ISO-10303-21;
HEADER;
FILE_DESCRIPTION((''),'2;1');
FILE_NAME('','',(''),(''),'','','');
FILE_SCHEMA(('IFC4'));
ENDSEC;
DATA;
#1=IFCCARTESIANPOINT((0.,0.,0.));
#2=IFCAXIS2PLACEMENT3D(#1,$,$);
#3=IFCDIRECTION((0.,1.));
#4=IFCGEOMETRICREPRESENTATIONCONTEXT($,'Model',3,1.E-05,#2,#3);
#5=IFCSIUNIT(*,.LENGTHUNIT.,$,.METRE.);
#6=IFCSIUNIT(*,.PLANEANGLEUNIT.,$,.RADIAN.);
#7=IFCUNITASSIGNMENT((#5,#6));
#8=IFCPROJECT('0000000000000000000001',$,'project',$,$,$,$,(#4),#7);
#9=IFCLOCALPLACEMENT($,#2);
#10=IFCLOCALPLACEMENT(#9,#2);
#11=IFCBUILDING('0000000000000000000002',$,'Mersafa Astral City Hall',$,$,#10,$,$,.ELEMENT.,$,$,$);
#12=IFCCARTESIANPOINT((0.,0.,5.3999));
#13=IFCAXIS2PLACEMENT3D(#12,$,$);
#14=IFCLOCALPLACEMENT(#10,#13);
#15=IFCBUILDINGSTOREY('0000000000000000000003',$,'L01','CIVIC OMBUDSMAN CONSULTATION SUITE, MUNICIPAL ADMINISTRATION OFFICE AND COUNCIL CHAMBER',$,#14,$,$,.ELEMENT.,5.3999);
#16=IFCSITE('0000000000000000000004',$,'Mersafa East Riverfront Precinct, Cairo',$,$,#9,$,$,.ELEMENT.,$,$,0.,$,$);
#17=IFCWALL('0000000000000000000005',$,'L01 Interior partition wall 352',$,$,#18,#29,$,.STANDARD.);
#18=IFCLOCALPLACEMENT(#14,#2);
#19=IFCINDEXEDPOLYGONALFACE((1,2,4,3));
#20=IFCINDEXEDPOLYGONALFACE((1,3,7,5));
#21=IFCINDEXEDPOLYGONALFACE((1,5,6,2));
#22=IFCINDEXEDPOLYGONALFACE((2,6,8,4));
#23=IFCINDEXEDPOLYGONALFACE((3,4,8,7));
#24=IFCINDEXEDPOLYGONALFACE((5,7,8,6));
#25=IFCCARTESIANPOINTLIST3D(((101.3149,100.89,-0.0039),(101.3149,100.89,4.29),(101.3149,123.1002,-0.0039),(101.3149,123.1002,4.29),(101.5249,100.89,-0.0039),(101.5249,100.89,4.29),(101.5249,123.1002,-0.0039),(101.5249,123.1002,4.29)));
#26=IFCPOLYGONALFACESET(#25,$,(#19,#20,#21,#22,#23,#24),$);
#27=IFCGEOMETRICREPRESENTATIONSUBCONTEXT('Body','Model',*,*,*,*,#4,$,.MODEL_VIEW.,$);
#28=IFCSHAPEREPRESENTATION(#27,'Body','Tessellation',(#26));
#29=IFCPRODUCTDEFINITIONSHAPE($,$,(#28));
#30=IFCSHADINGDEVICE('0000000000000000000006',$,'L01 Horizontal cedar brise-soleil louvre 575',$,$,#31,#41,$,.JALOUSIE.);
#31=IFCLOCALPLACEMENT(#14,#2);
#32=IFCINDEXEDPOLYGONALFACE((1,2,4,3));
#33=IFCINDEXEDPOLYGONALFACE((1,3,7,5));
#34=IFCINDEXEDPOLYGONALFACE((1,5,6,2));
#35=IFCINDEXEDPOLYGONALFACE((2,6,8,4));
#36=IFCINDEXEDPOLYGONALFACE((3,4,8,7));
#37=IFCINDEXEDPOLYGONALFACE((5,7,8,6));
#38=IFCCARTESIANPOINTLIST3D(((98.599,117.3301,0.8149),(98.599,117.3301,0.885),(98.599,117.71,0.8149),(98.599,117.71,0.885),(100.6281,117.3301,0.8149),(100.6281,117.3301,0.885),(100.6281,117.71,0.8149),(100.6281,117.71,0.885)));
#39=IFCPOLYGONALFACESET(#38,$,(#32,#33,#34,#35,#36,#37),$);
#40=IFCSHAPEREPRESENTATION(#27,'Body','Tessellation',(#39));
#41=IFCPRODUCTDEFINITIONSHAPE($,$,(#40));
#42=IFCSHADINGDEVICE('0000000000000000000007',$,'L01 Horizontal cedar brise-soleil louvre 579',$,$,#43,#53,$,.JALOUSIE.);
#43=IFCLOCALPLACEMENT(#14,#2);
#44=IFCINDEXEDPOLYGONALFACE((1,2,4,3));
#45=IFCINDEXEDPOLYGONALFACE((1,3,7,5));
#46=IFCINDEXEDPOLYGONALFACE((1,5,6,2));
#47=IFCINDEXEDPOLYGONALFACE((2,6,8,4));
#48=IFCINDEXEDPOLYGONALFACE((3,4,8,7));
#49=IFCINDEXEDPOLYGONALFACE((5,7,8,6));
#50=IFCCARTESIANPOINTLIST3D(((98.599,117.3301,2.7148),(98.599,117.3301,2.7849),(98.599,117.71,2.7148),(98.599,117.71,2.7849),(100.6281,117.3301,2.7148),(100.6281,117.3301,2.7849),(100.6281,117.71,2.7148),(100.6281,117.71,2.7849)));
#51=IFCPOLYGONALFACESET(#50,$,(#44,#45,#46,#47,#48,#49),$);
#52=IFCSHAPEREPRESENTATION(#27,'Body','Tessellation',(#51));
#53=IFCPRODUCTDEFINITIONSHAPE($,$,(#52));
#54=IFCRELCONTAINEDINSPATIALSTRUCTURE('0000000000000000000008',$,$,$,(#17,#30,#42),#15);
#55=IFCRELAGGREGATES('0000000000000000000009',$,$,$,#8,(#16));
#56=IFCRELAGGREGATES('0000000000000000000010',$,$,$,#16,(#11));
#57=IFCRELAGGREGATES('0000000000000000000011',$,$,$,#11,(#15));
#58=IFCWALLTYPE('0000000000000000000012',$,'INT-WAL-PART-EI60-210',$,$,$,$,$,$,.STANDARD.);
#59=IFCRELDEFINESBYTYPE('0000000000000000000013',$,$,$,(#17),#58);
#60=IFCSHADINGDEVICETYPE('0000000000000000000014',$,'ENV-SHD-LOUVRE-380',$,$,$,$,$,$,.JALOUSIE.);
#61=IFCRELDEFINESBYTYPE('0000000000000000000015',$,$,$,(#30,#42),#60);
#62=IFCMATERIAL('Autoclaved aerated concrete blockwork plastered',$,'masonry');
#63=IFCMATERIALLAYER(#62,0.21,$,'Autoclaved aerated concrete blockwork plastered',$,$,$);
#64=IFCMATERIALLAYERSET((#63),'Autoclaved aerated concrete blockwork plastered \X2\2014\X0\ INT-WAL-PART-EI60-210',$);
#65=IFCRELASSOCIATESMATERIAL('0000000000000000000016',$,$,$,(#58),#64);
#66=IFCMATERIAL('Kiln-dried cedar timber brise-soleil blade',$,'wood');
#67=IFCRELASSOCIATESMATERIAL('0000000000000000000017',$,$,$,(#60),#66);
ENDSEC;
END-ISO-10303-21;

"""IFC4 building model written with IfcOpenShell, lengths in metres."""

from ifc_helpers import new_model, si_unit, direction, frame, frame_2d, origin, origin_2d, place, context, subcontext, project, spatial, rectangle, extrude, material, layer, layer_set, type_object, element, save


model = new_model("IFC4")

# Units and contexts
model_context = context("Model", 3, precision=1e-05, world=origin(), true_north=direction((0.0, 1.0)))
body_context = subcontext(model_context, "Body", "Model", "MODEL_VIEW")
ifc_project = project(units=[si_unit("LENGTHUNIT", "METRE"), si_unit("PLANEANGLEUNIT", "RADIAN")], contexts=[model_context])

# Site, building, storey
site_placement = place(None, origin())
site = spatial("IfcSite", under=ifc_project, at=site_placement, Name="Mersafa East Riverfront Precinct, Cairo", CompositionType="ELEMENT", RefElevation=0.0)
building_placement = place(site_placement, origin())
building = spatial("IfcBuilding", under=site, at=building_placement, Name="Mersafa Astral City Hall", CompositionType="ELEMENT")
storey_placement = place(building_placement, frame((0.0, 0.0, 5.3999)))
storey = spatial("IfcBuildingStorey", under=building, at=storey_placement, Name="L01", Description="CIVIC OMBUDSMAN CONSULTATION SUITE, MUNICIPAL ADMINISTRATION OFFICE AND COUNCIL CHAMBER", CompositionType="ELEMENT", Elevation=5.3999)

# Wall
ifc_material_1 = material(Name="Autoclaved aerated concrete blockwork plastered", Category="masonry")
ifc_layer_1 = layer(ifc_material_1, 0.21, Name="Autoclaved aerated concrete blockwork plastered")
ifc_layer_set_1 = layer_set([ifc_layer_1], Name="Autoclaved aerated concrete blockwork plastered — INT-WAL-PART-EI60-210")
wall_type_1 = type_object("IfcWallType", Name="INT-WAL-PART-EI60-210", PredefinedType="STANDARD", material=ifc_layer_set_1)
wall_1_placement = place(storey_placement, frame((101.4199, 123.1001, -0.0039), z_axis=(0.0, 0.0, 1.0), x_axis=(0.0, -1.0, 0.0)))
element("IfcWall", 1, at=wall_1_placement, inside=storey, type_object=wall_type_1, Name="L01 Interior partition wall 352", PredefinedType="STANDARD", context=body_context, shape_type="SweptSolid", body=[
    extrude(rectangle(XDim=22.2102, YDim=0.21, at=frame_2d((11.105, 0.0))), origin(), (0.0, 0.0, 1.0), 4.2939),
])

# Shading devices
ifc_material_2 = material(Name="Kiln-dried cedar timber brise-soleil blade", Category="wood")
shading_device_type = type_object("IfcShadingDeviceType", Name="ENV-SHD-LOUVRE-380", PredefinedType="JALOUSIE", material=ifc_material_2)
for number, where, z_axis, x_axis, name in (
    (2, (99.6135, 117.52, 0.8149), (0.0, 0.0, 1.0), (1.0, 0.0, 0.0), "L01 Horizontal cedar brise-soleil louvre 575"),
    (3, (99.6135, 117.52, 2.7148), (0.0, 0.0, 1.0), (1.0, 0.0, 0.0), "L01 Horizontal cedar brise-soleil louvre 579"),
):
    element("IfcShadingDevice", number, at=place(storey_placement, frame(where, z_axis=z_axis, x_axis=x_axis)), inside=storey, type_object=shading_device_type, Name=name, PredefinedType="JALOUSIE", context=body_context, shape_type="SweptSolid", body=[
        extrude(rectangle(XDim=2.0291, YDim=0.3799, at=origin_2d()), origin(), (0.0, 0.0, 1.0), 0.0701),
    ])

save(model, "model.ifc")
